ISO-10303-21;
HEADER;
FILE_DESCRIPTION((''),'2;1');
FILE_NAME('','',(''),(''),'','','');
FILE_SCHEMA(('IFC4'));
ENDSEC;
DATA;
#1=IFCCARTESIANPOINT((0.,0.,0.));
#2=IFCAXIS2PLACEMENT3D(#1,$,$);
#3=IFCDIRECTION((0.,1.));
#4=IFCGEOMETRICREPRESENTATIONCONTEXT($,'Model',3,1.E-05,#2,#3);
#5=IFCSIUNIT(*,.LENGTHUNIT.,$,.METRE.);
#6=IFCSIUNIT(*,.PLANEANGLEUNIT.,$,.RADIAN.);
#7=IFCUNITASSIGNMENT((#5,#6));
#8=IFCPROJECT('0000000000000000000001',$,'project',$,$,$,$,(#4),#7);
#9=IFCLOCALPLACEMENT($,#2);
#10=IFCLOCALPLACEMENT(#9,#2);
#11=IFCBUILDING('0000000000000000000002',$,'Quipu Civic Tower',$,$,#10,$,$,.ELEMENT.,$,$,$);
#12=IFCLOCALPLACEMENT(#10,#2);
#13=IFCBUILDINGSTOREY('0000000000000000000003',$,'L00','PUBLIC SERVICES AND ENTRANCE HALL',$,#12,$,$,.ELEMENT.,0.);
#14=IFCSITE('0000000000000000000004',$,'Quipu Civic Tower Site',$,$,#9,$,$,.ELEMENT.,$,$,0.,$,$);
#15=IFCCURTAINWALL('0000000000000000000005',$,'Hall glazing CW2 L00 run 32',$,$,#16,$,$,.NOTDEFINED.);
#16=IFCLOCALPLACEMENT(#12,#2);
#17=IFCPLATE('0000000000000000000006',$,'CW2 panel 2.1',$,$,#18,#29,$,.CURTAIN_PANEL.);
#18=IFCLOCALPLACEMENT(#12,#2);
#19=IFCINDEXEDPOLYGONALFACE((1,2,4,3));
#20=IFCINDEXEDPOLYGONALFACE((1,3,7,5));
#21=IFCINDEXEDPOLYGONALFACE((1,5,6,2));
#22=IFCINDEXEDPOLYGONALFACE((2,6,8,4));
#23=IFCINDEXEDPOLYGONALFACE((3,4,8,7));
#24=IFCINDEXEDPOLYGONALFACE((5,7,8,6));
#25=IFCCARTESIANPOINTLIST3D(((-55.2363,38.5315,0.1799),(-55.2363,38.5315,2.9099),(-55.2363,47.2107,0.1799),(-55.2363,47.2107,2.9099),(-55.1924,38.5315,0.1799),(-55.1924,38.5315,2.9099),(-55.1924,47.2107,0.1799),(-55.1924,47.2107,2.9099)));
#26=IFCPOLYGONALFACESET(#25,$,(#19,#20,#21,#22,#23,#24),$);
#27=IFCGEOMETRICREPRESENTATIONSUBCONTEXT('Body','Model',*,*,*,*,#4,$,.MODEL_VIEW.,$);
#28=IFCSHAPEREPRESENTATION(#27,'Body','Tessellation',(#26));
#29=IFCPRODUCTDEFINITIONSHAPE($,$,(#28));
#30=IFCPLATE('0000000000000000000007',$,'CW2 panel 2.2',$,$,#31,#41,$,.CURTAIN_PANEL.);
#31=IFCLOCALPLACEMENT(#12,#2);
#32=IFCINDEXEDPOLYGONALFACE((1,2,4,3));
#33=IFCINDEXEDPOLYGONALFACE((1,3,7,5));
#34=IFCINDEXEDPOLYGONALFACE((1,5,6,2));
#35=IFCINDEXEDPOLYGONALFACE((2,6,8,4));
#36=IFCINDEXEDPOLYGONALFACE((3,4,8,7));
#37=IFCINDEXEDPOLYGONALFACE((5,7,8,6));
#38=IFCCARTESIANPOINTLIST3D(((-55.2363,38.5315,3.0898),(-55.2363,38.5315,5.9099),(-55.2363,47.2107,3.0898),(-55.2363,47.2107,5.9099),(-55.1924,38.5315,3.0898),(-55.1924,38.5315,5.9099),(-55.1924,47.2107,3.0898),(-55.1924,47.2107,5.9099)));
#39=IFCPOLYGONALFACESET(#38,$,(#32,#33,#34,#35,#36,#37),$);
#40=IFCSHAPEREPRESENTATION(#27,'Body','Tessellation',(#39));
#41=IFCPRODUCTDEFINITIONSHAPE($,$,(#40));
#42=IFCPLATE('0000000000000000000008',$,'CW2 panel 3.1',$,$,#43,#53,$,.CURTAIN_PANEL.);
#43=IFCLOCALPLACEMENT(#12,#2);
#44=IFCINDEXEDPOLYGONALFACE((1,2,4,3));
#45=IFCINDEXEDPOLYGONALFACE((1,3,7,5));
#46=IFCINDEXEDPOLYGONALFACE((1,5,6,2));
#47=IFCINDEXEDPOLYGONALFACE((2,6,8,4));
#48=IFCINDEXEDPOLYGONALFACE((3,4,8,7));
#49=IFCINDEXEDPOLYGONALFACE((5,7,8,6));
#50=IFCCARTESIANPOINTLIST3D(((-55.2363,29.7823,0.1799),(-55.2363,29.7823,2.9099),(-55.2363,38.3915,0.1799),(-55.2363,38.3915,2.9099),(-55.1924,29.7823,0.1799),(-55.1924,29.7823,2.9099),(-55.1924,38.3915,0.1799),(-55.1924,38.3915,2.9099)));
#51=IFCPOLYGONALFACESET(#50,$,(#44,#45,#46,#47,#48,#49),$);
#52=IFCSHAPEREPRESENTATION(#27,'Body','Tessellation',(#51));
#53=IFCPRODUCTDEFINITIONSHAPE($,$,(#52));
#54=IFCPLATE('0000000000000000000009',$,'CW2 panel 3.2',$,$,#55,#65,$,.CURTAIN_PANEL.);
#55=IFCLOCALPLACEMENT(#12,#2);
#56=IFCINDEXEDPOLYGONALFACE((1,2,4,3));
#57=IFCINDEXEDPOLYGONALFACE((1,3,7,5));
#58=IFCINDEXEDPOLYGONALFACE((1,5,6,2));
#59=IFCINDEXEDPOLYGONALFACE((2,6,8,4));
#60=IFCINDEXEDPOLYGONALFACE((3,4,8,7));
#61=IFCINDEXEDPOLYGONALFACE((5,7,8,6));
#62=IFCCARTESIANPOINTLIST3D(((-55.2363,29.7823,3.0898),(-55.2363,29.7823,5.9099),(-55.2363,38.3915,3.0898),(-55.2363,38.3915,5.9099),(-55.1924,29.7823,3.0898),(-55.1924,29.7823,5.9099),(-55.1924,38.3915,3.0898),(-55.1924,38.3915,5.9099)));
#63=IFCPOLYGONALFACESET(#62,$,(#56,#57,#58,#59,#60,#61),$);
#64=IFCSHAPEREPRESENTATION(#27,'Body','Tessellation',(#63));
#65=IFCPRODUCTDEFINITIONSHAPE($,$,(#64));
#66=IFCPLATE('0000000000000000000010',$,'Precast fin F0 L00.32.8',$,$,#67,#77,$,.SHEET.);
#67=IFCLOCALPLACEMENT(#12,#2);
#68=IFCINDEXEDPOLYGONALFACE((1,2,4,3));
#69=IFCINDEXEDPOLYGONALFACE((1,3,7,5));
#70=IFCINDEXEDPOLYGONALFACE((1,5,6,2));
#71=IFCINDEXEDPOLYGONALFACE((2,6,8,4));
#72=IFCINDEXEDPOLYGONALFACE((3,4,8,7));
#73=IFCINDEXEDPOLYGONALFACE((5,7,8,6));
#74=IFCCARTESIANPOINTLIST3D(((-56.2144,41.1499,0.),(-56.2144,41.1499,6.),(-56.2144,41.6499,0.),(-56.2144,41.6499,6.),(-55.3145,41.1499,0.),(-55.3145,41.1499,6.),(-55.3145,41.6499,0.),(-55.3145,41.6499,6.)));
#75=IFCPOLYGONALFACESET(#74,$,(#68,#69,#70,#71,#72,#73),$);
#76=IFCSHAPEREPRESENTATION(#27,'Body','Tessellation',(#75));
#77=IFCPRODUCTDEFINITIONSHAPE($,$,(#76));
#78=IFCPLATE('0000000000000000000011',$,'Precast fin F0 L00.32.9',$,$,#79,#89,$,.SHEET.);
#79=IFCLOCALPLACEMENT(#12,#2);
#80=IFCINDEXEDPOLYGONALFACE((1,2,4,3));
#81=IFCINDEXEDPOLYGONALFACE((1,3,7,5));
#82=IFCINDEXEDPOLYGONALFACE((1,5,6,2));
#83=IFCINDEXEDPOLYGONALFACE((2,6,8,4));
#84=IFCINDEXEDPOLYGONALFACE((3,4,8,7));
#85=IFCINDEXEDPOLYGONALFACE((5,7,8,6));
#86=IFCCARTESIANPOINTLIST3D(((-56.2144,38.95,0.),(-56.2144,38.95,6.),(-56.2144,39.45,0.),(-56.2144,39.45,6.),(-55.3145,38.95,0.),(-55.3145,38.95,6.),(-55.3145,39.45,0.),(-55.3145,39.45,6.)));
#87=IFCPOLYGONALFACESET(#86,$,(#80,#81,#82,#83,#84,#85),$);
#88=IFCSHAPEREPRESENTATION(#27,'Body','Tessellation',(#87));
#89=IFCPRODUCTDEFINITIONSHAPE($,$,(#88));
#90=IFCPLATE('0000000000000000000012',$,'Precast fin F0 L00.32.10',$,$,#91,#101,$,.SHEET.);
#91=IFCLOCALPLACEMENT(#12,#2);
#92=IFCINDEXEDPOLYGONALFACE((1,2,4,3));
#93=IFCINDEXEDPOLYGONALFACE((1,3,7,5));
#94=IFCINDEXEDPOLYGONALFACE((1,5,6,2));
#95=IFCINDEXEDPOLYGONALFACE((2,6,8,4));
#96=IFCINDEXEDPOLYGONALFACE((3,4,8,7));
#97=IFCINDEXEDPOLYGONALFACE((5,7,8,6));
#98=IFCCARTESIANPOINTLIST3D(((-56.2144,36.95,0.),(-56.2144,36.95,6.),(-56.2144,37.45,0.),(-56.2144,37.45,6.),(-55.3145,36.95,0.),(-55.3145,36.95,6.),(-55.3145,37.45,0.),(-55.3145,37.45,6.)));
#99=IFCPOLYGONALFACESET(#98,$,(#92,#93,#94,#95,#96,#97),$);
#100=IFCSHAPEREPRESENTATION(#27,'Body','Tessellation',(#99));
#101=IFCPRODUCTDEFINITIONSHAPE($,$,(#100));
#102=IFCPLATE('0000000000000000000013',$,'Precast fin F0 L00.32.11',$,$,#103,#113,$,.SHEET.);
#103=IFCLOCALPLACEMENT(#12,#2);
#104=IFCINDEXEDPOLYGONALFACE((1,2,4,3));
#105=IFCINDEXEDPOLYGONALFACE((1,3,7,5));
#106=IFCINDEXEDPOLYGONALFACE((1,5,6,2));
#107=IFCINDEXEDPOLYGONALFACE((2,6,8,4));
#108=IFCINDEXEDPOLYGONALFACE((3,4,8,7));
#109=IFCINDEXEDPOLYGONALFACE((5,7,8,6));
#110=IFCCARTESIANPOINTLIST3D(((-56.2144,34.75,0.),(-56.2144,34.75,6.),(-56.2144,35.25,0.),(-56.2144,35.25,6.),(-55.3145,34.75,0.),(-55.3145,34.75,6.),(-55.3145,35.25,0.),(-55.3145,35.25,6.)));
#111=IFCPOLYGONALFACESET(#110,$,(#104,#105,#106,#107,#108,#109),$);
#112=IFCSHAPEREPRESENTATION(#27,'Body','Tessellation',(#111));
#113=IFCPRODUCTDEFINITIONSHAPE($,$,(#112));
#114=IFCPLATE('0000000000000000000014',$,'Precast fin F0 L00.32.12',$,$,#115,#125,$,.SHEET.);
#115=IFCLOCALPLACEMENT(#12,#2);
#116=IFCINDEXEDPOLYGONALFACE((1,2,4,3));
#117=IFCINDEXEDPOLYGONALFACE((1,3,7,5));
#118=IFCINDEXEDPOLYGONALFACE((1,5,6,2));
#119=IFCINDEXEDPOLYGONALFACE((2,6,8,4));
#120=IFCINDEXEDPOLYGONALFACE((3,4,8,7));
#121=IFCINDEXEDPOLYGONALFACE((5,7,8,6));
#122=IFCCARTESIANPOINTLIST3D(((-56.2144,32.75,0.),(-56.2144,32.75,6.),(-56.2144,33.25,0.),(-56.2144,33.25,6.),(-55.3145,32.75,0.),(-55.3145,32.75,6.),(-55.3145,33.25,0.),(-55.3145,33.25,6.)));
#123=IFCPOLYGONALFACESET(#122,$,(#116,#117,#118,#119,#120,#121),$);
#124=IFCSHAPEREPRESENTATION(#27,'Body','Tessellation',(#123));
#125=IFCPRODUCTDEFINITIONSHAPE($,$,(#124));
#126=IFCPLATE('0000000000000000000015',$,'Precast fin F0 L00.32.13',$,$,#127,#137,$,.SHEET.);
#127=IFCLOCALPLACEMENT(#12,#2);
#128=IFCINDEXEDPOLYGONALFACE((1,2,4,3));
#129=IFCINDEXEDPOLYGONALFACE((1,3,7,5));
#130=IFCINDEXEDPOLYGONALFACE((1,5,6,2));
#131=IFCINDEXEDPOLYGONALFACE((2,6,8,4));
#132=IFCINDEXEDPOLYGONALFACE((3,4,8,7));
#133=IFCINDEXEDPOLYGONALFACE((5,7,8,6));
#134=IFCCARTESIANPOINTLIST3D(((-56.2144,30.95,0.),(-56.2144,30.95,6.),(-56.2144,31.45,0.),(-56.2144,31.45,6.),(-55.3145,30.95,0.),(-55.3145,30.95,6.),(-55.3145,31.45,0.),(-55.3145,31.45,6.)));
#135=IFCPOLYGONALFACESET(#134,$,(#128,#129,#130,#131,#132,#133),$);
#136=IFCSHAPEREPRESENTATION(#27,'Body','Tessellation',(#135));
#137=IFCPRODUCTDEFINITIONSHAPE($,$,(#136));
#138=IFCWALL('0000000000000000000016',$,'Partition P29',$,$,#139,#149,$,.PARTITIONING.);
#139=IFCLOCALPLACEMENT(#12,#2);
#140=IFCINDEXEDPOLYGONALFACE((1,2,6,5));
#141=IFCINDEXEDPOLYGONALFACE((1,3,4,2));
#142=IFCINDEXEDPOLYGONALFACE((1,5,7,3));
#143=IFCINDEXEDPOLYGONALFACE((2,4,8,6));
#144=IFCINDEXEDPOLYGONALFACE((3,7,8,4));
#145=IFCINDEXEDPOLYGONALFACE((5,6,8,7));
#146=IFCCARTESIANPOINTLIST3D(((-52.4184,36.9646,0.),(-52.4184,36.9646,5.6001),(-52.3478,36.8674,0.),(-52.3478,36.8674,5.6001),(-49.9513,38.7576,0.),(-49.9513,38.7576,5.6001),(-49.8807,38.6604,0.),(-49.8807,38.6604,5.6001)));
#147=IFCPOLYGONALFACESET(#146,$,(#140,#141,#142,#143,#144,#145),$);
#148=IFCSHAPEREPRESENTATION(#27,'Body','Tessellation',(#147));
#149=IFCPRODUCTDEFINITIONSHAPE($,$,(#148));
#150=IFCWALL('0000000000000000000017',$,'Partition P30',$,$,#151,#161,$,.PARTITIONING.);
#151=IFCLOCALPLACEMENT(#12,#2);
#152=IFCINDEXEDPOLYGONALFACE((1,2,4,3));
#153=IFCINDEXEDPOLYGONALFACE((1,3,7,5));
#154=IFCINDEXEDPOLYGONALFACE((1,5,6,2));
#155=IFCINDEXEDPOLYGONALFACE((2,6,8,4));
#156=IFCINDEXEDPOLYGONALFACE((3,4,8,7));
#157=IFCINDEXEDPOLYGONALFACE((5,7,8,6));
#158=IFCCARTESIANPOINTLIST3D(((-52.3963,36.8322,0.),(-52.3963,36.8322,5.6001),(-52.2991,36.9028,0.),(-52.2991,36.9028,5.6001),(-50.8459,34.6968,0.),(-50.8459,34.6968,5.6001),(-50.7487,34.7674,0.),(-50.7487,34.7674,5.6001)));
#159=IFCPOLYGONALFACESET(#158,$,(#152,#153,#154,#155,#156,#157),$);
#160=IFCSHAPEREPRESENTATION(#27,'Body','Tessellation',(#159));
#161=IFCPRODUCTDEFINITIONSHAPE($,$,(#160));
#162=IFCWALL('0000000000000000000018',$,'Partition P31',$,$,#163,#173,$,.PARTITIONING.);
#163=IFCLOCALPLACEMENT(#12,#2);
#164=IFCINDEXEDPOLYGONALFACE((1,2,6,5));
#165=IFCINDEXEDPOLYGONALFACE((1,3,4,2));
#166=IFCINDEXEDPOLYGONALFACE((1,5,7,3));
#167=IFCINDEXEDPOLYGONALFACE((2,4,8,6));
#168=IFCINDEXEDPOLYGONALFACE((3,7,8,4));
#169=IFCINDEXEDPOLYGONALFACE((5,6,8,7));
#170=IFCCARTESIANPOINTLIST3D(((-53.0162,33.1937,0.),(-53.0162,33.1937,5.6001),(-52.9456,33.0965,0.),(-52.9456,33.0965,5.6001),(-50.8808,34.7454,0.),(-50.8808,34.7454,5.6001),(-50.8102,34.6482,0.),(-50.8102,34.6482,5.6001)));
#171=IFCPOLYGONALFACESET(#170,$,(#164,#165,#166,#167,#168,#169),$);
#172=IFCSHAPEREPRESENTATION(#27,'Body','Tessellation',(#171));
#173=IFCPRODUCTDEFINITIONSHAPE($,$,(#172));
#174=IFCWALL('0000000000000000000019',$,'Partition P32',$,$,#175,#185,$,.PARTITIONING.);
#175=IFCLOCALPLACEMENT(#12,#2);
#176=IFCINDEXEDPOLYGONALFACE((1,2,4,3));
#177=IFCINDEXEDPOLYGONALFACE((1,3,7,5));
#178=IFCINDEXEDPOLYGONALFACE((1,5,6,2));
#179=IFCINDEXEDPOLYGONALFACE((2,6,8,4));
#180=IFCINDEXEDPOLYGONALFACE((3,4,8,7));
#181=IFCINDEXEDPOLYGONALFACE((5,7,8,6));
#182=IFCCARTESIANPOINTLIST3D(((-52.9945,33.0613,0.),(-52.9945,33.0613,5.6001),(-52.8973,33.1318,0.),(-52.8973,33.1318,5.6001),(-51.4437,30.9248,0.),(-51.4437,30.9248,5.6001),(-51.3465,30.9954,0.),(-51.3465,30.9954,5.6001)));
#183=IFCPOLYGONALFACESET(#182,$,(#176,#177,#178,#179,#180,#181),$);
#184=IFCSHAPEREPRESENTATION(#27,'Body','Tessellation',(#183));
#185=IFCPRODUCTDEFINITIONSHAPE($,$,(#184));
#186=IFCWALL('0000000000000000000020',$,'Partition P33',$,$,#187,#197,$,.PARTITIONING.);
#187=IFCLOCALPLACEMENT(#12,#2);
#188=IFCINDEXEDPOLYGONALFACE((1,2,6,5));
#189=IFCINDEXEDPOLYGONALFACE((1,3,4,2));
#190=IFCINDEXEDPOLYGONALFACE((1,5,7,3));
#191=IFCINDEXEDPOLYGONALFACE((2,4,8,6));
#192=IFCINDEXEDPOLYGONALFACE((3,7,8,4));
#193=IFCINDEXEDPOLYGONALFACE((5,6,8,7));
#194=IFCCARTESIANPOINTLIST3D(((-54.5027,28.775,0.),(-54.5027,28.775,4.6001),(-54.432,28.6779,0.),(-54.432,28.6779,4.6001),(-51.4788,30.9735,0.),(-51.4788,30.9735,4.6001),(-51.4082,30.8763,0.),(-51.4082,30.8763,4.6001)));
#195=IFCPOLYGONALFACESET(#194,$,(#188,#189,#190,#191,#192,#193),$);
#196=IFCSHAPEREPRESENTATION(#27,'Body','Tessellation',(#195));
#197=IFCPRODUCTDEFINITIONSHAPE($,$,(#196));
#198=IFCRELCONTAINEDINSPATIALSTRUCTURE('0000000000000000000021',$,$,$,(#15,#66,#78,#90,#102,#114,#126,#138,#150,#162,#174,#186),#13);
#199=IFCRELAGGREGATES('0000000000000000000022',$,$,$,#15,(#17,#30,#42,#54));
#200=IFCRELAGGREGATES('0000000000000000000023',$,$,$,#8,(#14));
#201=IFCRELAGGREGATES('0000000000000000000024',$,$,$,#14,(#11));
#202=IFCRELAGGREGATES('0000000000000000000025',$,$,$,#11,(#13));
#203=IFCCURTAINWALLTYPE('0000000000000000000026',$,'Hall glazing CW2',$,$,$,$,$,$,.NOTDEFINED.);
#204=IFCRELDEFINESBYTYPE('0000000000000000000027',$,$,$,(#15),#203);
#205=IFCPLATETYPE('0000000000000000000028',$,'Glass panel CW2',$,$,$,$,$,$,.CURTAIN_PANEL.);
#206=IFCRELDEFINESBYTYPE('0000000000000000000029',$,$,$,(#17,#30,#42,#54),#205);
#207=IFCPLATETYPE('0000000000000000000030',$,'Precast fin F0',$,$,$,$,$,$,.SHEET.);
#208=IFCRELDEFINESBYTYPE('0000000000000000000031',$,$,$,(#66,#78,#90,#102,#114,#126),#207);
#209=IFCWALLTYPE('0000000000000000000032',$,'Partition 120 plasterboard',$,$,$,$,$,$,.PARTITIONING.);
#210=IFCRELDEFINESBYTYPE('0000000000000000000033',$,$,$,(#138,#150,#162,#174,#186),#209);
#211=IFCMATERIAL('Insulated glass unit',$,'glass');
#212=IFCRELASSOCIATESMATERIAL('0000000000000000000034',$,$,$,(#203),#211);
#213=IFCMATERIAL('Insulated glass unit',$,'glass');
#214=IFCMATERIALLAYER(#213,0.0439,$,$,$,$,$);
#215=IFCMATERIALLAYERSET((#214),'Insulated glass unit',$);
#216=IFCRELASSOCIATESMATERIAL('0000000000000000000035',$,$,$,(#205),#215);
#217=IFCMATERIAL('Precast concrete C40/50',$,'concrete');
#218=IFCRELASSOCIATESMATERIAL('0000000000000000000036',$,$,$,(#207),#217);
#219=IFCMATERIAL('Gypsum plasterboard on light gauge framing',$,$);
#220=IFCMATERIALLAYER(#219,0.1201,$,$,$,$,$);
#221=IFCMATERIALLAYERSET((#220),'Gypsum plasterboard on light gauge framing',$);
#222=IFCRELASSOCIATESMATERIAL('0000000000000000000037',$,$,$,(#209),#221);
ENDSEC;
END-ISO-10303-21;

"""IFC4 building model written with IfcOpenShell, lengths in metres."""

from ifc_helpers import new_model, si_unit, direction, frame, frame_2d, origin, origin_2d, place, context, subcontext, project, spatial, rectangle, extrude, material, layer, layer_set, type_object, element, aggregate, save


model = new_model("IFC4")

# Units and contexts
model_context = context("Model", 3, precision=1e-05, world=origin(), true_north=direction((0.0, 1.0)))
body_context = subcontext(model_context, "Body", "Model", "MODEL_VIEW")
ifc_project = project(units=[si_unit("LENGTHUNIT", "METRE"), si_unit("PLANEANGLEUNIT", "RADIAN")], contexts=[model_context])

# Site, building, storey
site_placement = place(None, origin())
site = spatial("IfcSite", under=ifc_project, at=site_placement, Name="Quipu Civic Tower Site", CompositionType="ELEMENT", RefElevation=0.0)
building_placement = place(site_placement, origin())
building = spatial("IfcBuilding", under=site, at=building_placement, Name="Quipu Civic Tower", CompositionType="ELEMENT")
storey_placement = place(building_placement, origin())
storey = spatial("IfcBuildingStorey", under=building, at=storey_placement, Name="L00", Description="PUBLIC SERVICES AND ENTRANCE HALL", CompositionType="ELEMENT", Elevation=0.0)

# Curtain wall
ifc_material_1 = material(Name="Insulated glass unit", Category="glass")
curtain_wall_type = type_object("IfcCurtainWallType", Name="Hall glazing CW2", PredefinedType="NOTDEFINED", material=ifc_material_1)
curtain_wall_1_placement = place(storey_placement, origin())
curtain_wall_1 = element("IfcCurtainWall", 1, at=curtain_wall_1_placement, inside=storey, type_object=curtain_wall_type, Name="Hall glazing CW2 L00 run 32", PredefinedType="NOTDEFINED")

# Plates
ifc_material_2 = material(Name="Insulated glass unit", Category="glass")
ifc_layer_1 = layer(ifc_material_2, 0.0439)
ifc_layer_set_1 = layer_set([ifc_layer_1], Name="Insulated glass unit")
plate_type_1 = type_object("IfcPlateType", Name="Glass panel CW2", PredefinedType="CURTAIN_PANEL", material=ifc_layer_set_1)
plate_1_placement = place(storey_placement, frame((-55.2144, 42.8711, 0.1799), z_axis=(0.0, 0.0, 1.0), x_axis=(0.0, -1.0, 0.0)))
plate_1 = element("IfcPlate", 2, at=plate_1_placement, type_object=plate_type_1, Name="CW2 panel 2.1", PredefinedType="CURTAIN_PANEL", context=body_context, shape_type="SweptSolid", body=[
    extrude(rectangle(XDim=8.6792, YDim=0.0439, at=origin_2d()), origin(), (0.0, 0.0, 1.0), 2.73),
])
plate_2_placement = place(storey_placement, frame((-55.2144, 42.8711, 3.0898), z_axis=(0.0, 0.0, 1.0), x_axis=(0.0, -1.0, 0.0)))
plate_2 = element("IfcPlate", 3, at=plate_2_placement, type_object=plate_type_1, Name="CW2 panel 2.2", PredefinedType="CURTAIN_PANEL", context=body_context, shape_type="SweptSolid", body=[
    extrude(rectangle(XDim=8.6792, YDim=0.0439, at=origin_2d()), origin(), (0.0, 0.0, 1.0), 2.8201),
])
plate_3_placement = place(storey_placement, frame((-55.2144, 34.0869, 0.1799), z_axis=(0.0, 0.0, 1.0), x_axis=(0.0, -1.0, 0.0)))
plate_3 = element("IfcPlate", 4, at=plate_3_placement, type_object=plate_type_1, Name="CW2 panel 3.1", PredefinedType="CURTAIN_PANEL", context=body_context, shape_type="SweptSolid", body=[
    extrude(rectangle(XDim=8.6091, YDim=0.0439, at=origin_2d()), origin(), (0.0, 0.0, 1.0), 2.73),
])
plate_4_placement = place(storey_placement, frame((-55.2144, 34.0869, 3.0898), z_axis=(0.0, 0.0, 1.0), x_axis=(0.0, -1.0, 0.0)))
plate_4 = element("IfcPlate", 5, at=plate_4_placement, type_object=plate_type_1, Name="CW2 panel 3.2", PredefinedType="CURTAIN_PANEL", context=body_context, shape_type="SweptSolid", body=[
    extrude(rectangle(XDim=8.6091, YDim=0.0439, at=origin_2d()), origin(), (0.0, 0.0, 1.0), 2.8201),
])
aggregate(curtain_wall_1, [plate_1, plate_2, plate_3, plate_4])

# Plates
ifc_material_3 = material(Name="Precast concrete C40/50", Category="concrete")
plate_type_2 = type_object("IfcPlateType", Name="Precast fin F0", PredefinedType="SHEET", material=ifc_material_3)
for number, where, z_axis, x_axis, name in (
    (6, (-55.7644, 41.3999, 0.0), (0.0, 0.0, 1.0), (0.0, -1.0, 0.0), "Precast fin F0 L00.32.8"),
    (7, (-55.7644, 39.2, 0.0), (0.0, 0.0, 1.0), (0.0, -1.0, 0.0), "Precast fin F0 L00.32.9"),
    (8, (-55.7644, 37.2, 0.0), (0.0, 0.0, 1.0), (0.0, -1.0, 0.0), "Precast fin F0 L00.32.10"),
    (9, (-55.7644, 35.0, 0.0), (0.0, 0.0, 1.0), (0.0, -1.0, 0.0), "Precast fin F0 L00.32.11"),
    (10, (-55.7644, 33.0, 0.0), (0.0, 0.0, 1.0), (0.0, -1.0, 0.0), "Precast fin F0 L00.32.12"),
    (11, (-55.7644, 31.2, 0.0), (0.0, 0.0, 1.0), (0.0, -1.0, 0.0), "Precast fin F0 L00.32.13"),
):
    element("IfcPlate", number, at=place(storey_placement, frame(where, z_axis=z_axis, x_axis=x_axis)), inside=storey, type_object=plate_type_2, Name=name, PredefinedType="SHEET", context=body_context, shape_type="SweptSolid", body=[
        extrude(rectangle(XDim=0.5, YDim=0.8999, at=origin_2d()), origin(), (0.0, 0.0, 1.0), 6.0),
    ])

# Walls
ifc_material_4 = material(Name="Gypsum plasterboard on light gauge framing")
ifc_layer_2 = layer(ifc_material_4, 0.1201)
ifc_layer_set_2 = layer_set([ifc_layer_2], Name="Gypsum plasterboard on light gauge framing")
wall_type = type_object("IfcWallType", Name="Partition 120 plasterboard", PredefinedType="PARTITIONING", material=ifc_layer_set_2)
wall_1_placement = place(storey_placement, frame((-49.916, 38.709, 0.0), z_axis=(0.0, 0.0, 1.0), x_axis=(-0.80893, -0.587905, 0.0)))
element("IfcWall", 12, at=wall_1_placement, inside=storey, type_object=wall_type, Name="Partition P29", PredefinedType="PARTITIONING", context=body_context, shape_type="SweptSolid", body=[
    extrude(rectangle(XDim=3.0498, YDim=0.1201, at=frame_2d((1.5249, 0.0))), origin(), (0.0, 0.0, 1.0), 5.6001),
])
wall_2_placement = place(storey_placement, frame((-52.3477, 36.8674, 0.0), z_axis=(0.0, 0.0, 1.0), x_axis=(0.587539, -0.809196, 0.0)))
element("IfcWall", 13, at=wall_2_placement, inside=storey, type_object=wall_type, Name="Partition P30", PredefinedType="PARTITIONING", context=body_context, shape_type="SweptSolid", body=[
    extrude(rectangle(XDim=2.6389, YDim=0.1201, at=frame_2d((1.3193, 0.0))), origin(), (0.0, 0.0, 1.0), 5.6001),
])
wall_3_placement = place(storey_placement, frame((-50.8455, 34.6968, 0.0), z_axis=(0.0, 0.0, 1.0), x_axis=(-0.808976, -0.587842, 0.0)))
element("IfcWall", 14, at=wall_3_placement, inside=storey, type_object=wall_type, Name="Partition P31", PredefinedType="PARTITIONING", context=body_context, shape_type="SweptSolid", body=[
    extrude(rectangle(XDim=2.6396, YDim=0.1201, at=frame_2d((1.3198, 0.0))), origin(), (0.0, 0.0, 1.0), 5.6001),
])
wall_4_placement = place(storey_placement, frame((-52.9458, 33.0964, 0.0), z_axis=(0.0, 0.0, 1.0), x_axis=(0.587424, -0.80928, 0.0)))
element("IfcWall", 15, at=wall_4_placement, inside=storey, type_object=wall_type, Name="Partition P32", PredefinedType="PARTITIONING", context=body_context, shape_type="SweptSolid", body=[
    extrude(rectangle(XDim=2.6399, YDim=0.1201, at=frame_2d((1.3198, 0.0))), origin(), (0.0, 0.0, 1.0), 5.6001),
])
wall_5_placement = place(storey_placement, frame((-51.4436, 30.9248, 0.0), z_axis=(0.0, 0.0, 1.0), x_axis=(-0.808829, -0.588044, 0.0)))
element("IfcWall", 16, at=wall_5_placement, inside=storey, type_object=wall_type, Name="Partition P33", PredefinedType="PARTITIONING", context=body_context, shape_type="SweptSolid", body=[
    extrude(rectangle(XDim=3.7385, YDim=0.1201, at=frame_2d((1.8691, 0.0))), origin(), (0.0, 0.0, 1.0), 4.6001),
])

save(model, "model.ifc")
